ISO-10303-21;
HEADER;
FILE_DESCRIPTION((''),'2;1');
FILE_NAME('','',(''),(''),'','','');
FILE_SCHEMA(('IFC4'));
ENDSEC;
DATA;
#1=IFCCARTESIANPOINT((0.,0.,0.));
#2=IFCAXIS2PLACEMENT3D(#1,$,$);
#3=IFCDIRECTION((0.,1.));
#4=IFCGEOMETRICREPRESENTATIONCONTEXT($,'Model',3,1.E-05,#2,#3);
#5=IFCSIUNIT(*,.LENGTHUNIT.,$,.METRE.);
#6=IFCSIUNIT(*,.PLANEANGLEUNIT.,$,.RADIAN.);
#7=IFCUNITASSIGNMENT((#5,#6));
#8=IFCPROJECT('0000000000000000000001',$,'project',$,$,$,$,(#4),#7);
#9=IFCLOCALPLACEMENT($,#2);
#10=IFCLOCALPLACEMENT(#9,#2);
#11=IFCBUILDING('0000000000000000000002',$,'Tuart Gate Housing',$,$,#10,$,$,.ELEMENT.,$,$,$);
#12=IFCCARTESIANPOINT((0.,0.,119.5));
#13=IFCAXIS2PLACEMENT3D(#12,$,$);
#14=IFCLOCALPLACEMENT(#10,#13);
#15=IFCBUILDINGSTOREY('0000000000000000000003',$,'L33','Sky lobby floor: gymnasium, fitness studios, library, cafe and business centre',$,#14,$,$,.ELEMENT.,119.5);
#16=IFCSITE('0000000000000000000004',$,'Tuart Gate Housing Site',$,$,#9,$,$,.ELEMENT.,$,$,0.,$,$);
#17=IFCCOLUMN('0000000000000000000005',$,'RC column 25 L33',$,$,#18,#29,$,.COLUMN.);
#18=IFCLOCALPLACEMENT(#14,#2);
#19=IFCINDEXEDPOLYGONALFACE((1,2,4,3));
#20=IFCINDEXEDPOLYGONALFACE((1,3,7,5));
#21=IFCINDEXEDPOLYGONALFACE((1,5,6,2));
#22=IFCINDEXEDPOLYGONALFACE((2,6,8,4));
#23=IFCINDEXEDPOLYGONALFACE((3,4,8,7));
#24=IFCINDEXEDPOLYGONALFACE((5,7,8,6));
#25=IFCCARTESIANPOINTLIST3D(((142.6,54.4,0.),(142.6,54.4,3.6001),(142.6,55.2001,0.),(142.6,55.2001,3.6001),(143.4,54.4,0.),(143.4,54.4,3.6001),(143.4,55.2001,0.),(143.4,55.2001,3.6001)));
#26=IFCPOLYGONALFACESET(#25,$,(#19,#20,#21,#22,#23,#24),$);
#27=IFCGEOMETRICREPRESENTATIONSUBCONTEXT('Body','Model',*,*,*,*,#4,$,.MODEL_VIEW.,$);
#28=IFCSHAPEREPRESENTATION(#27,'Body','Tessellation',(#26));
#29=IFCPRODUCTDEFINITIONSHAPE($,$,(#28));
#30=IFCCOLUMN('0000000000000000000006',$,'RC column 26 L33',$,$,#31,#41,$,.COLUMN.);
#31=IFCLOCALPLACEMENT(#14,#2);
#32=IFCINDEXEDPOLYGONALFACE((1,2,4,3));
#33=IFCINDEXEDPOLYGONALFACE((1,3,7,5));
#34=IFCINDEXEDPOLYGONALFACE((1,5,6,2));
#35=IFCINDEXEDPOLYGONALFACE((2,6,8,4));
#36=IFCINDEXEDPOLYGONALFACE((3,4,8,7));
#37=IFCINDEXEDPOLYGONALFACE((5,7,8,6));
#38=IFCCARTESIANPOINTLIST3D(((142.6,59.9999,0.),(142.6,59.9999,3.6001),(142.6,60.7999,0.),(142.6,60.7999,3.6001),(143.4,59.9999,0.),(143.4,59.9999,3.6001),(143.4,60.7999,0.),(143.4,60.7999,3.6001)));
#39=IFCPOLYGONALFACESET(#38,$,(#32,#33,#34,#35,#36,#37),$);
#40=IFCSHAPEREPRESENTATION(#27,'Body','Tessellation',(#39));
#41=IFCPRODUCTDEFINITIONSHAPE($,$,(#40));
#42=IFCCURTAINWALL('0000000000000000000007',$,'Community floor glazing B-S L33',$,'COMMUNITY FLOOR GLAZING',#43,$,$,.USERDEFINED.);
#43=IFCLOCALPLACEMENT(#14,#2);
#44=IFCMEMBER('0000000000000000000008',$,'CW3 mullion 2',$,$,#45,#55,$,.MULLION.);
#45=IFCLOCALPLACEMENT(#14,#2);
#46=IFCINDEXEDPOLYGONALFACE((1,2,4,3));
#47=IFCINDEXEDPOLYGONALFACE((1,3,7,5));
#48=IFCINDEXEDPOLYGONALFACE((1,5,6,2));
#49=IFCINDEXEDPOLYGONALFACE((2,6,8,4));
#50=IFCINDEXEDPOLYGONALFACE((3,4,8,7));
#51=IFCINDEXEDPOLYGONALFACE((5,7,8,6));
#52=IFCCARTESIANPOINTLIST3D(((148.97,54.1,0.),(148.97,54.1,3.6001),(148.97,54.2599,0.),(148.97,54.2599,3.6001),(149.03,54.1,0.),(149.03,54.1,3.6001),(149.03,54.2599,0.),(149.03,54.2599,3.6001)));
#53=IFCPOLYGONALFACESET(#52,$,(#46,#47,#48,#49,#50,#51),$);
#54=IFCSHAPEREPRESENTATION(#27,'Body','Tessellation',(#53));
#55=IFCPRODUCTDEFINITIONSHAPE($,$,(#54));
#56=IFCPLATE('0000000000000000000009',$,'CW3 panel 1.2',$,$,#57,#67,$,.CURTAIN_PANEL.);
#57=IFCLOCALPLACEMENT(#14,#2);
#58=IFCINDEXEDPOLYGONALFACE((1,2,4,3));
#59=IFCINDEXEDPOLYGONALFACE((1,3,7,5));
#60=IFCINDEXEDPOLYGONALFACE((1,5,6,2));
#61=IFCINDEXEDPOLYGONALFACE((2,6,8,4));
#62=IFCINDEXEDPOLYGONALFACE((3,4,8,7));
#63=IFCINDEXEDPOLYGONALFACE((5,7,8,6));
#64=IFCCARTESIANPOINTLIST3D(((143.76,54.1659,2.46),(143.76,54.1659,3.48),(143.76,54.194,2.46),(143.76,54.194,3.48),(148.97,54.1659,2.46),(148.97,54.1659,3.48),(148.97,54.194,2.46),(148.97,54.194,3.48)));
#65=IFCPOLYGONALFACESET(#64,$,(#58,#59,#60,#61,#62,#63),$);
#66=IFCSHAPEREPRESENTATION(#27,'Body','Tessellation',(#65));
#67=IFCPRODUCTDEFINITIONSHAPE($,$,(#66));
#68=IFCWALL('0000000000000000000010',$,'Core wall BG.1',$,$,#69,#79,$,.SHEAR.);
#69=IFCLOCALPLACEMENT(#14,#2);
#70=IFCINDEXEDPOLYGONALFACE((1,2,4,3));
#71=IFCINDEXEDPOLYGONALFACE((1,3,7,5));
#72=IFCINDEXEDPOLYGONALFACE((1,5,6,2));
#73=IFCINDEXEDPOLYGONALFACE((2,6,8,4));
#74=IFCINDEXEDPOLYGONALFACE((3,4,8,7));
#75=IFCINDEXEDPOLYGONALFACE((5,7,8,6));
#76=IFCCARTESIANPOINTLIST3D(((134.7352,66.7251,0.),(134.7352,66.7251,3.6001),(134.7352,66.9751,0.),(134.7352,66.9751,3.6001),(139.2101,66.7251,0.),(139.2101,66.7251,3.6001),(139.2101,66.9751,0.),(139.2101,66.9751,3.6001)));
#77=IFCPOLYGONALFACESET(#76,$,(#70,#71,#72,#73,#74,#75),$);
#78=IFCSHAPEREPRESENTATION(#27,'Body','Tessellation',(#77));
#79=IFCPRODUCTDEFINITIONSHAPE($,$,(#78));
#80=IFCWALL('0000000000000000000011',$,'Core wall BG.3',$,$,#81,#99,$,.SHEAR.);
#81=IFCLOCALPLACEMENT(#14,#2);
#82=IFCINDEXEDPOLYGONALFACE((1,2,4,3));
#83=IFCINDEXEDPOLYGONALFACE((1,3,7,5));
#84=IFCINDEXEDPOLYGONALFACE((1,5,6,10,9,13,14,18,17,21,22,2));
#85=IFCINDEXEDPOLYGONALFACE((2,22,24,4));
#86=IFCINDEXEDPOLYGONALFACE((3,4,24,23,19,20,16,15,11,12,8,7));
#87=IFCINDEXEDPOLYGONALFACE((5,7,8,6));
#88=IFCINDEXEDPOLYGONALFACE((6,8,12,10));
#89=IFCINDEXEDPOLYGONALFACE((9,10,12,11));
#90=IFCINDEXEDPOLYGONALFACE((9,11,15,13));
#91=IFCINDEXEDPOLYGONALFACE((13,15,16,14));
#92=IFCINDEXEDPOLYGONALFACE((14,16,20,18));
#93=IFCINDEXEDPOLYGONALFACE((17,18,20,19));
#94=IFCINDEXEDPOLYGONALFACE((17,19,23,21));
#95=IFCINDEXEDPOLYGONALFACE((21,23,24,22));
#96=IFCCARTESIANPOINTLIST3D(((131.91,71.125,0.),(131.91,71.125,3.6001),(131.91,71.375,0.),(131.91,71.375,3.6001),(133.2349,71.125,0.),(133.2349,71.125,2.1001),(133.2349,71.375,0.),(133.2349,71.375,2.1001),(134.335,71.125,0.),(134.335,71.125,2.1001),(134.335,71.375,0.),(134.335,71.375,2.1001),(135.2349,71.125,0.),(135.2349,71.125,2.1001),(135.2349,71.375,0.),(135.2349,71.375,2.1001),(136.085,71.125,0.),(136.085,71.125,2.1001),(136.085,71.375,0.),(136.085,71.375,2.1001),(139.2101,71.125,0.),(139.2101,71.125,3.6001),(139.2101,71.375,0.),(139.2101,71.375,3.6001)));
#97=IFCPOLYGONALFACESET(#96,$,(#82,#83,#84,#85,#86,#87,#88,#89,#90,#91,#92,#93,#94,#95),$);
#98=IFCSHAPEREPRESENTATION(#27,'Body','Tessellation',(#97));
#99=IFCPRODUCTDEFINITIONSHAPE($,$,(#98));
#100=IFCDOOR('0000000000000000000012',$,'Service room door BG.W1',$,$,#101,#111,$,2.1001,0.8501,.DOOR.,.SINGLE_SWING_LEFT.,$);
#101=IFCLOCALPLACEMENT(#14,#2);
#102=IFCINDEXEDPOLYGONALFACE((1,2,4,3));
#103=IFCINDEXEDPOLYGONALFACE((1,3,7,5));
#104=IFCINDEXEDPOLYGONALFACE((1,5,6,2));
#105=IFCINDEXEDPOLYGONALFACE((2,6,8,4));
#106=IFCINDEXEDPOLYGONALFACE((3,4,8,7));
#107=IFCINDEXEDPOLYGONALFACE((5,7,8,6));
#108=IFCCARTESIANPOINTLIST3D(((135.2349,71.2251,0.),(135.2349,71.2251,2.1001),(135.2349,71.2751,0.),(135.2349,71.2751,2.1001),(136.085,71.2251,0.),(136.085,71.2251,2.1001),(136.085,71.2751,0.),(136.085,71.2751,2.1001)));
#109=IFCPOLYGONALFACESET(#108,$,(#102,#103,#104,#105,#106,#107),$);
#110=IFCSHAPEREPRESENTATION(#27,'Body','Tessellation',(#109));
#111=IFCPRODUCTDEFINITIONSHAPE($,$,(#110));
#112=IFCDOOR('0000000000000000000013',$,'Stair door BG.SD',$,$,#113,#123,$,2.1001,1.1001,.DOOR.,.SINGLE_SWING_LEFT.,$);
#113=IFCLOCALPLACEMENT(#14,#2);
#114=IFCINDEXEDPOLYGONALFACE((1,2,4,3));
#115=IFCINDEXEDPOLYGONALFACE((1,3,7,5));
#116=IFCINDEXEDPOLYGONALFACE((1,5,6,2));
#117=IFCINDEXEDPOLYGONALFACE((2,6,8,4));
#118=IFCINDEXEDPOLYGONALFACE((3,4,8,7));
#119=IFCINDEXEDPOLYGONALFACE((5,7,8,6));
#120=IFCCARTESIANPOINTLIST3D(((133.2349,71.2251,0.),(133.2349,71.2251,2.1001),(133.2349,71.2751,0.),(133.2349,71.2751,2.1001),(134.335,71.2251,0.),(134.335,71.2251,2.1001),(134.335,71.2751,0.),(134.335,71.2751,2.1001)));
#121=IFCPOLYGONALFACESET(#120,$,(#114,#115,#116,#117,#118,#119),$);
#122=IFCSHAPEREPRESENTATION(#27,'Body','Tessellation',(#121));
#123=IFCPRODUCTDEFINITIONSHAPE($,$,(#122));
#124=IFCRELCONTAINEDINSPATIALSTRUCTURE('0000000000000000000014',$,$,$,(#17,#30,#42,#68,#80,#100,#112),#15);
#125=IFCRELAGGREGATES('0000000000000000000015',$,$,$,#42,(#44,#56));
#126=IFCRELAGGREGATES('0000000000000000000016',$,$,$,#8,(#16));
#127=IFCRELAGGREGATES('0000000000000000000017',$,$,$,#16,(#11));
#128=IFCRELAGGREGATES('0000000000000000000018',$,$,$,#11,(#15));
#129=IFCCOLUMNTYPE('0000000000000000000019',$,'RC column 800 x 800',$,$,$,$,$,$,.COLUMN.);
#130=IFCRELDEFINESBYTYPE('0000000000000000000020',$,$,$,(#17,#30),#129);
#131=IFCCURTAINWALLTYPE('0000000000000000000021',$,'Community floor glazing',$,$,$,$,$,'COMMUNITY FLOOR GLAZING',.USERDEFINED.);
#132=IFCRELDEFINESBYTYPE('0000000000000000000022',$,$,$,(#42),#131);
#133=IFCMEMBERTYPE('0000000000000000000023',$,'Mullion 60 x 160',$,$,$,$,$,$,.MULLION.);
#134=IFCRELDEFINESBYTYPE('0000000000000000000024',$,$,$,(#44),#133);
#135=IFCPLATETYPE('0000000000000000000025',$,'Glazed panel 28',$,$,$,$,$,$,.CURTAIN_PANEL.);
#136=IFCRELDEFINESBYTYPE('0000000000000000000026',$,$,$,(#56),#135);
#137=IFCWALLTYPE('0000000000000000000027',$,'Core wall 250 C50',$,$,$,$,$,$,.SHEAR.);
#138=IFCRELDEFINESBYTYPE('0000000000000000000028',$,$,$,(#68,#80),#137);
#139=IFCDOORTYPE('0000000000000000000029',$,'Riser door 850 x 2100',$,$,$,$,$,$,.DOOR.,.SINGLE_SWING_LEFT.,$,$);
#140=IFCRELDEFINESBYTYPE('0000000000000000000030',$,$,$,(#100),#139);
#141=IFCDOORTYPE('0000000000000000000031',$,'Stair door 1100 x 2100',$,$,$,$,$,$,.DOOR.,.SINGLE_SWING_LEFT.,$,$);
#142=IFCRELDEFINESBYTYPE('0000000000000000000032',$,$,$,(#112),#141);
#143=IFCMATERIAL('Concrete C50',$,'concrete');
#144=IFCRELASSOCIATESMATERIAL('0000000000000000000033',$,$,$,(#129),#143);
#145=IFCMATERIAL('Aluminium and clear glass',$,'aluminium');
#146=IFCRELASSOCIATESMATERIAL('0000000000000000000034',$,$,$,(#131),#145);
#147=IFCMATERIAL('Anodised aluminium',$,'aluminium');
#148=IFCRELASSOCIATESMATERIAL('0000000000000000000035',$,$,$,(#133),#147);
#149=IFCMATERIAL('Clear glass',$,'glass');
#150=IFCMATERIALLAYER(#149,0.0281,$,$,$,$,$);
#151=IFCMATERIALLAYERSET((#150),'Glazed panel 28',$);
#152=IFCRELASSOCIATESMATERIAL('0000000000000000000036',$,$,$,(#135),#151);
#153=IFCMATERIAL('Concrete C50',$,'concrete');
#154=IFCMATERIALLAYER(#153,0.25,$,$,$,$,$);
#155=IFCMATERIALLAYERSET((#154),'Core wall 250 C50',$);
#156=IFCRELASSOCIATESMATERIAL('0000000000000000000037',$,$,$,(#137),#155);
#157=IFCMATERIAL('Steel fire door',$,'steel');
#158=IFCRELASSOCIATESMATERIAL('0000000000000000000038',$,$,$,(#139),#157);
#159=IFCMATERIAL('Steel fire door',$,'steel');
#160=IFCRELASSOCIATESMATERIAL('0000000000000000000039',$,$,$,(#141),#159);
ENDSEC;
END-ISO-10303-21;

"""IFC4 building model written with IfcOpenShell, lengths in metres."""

from ifc_helpers import new_model, si_unit, direction, frame, frame_2d, origin, origin_2d, place, context, subcontext, project, spatial, rectangle, extrude, material, layer, layer_set, material_profile, profile_set, type_object, element, fill, aggregate, save


model = new_model("IFC4")

# Units and contexts
model_context = context("Model", 3, precision=1e-05, world=origin(), true_north=direction((0.0, 1.0)))
body_context = subcontext(model_context, "Body", "Model", "MODEL_VIEW")
ifc_project = project(units=[si_unit("LENGTHUNIT", "METRE"), si_unit("PLANEANGLEUNIT", "RADIAN")], contexts=[model_context])

# Site, building, storey
site_placement = place(None, origin())
site = spatial("IfcSite", under=ifc_project, at=site_placement, Name="Tuart Gate Housing Site", CompositionType="ELEMENT", RefElevation=0.0)
building_placement = place(site_placement, origin())
building = spatial("IfcBuilding", under=site, at=building_placement, Name="Tuart Gate Housing", CompositionType="ELEMENT")
storey_placement = place(building_placement, frame((0.0, 0.0, 119.5)))
storey = spatial("IfcBuildingStorey", under=building, at=storey_placement, Name="L33", Description="Sky lobby floor: gymnasium, fitness studios, library, cafe and business centre", CompositionType="ELEMENT", Elevation=119.5)

# Columns
ifc_material_1 = material(Name="Concrete C50", Category="concrete")
ifc_material_profile_1 = material_profile(ifc_material_1, rectangle(XDim=0.8, YDim=0.8, at=origin_2d()), Name="RC column 800 x 800")
ifc_profile_set_1 = profile_set([ifc_material_profile_1], Name="Concrete C50")
column_type = type_object("IfcColumnType", Name="RC column 800 x 800", PredefinedType="COLUMN", material=ifc_profile_set_1)
for number, where, z_axis, x_axis, name in (
    (1, (143.0, 54.8, 0.0), (0.0, 0.0, 1.0), (1.0, 0.0, 0.0), "RC column 25 L33"),
    (2, (143.0, 60.3999, 0.0), (0.0, 0.0, 1.0), (1.0, 0.0, 0.0), "RC column 26 L33"),
):
    element("IfcColumn", number, at=place(storey_placement, frame(where, z_axis=z_axis, x_axis=x_axis)), inside=storey, type_object=column_type, Name=name, PredefinedType="COLUMN", context=body_context, shape_type="SweptSolid", body=[
        extrude(rectangle(XDim=0.8, YDim=0.8, at=origin_2d()), origin(), (0.0, 0.0, 1.0), 3.6001),
    ])

# Curtain wall, member, plate
ifc_material_2 = material(Name="Aluminium and clear glass", Category="aluminium")
curtain_wall_type = type_object("IfcCurtainWallType", Name="Community floor glazing", ElementType="COMMUNITY FLOOR GLAZING", PredefinedType="USERDEFINED", material=ifc_material_2)
curtain_wall_placement = place(storey_placement, origin())
curtain_wall = element("IfcCurtainWall", 3, at=curtain_wall_placement, inside=storey, type_object=curtain_wall_type, Name="Community floor glazing B-S L33", ObjectType="COMMUNITY FLOOR GLAZING", PredefinedType="USERDEFINED")
ifc_material_3 = material(Name="Anodised aluminium", Category="aluminium")
ifc_material_profile_2 = material_profile(ifc_material_3, rectangle(XDim=0.0601, YDim=0.1599, at=origin_2d()), Name="60x160")
ifc_profile_set_2 = profile_set([ifc_material_profile_2], Name="Anodised aluminium")
member_type = type_object("IfcMemberType", Name="Mullion 60 x 160", PredefinedType="MULLION", material=ifc_profile_set_2)
member_placement = place(storey_placement, frame((149.0, 54.1799, 0.0), z_axis=(0.0, 0.0, 1.0), x_axis=(1.0, 0.0, 0.0)))
member = element("IfcMember", 4, at=member_placement, type_object=member_type, Name="CW3 mullion 2", PredefinedType="MULLION", context=body_context, shape_type="SweptSolid", body=[
    extrude(rectangle(XDim=0.0601, YDim=0.1599, at=origin_2d()), origin(), (0.0, 0.0, 1.0), 3.6001),
])
ifc_material_4 = material(Name="Clear glass", Category="glass")
ifc_layer_1 = layer(ifc_material_4, 0.0281)
ifc_layer_set_1 = layer_set([ifc_layer_1], Name="Glazed panel 28")
plate_type = type_object("IfcPlateType", Name="Glazed panel 28", PredefinedType="CURTAIN_PANEL", material=ifc_layer_set_1)
plate_placement = place(storey_placement, frame((146.365, 54.1799, 2.46), z_axis=(0.0, 0.0, 1.0), x_axis=(1.0, 0.0, 0.0)))
plate = element("IfcPlate", 5, at=plate_placement, type_object=plate_type, Name="CW3 panel 1.2", PredefinedType="CURTAIN_PANEL", context=body_context, shape_type="SweptSolid", body=[
    extrude(rectangle(XDim=5.21, YDim=0.0281, at=origin_2d()), origin(), (0.0, 0.0, 1.0), 1.02),
])
aggregate(curtain_wall, [member, plate])

# Wall
ifc_material_5 = material(Name="Concrete C50", Category="concrete")
ifc_layer_2 = layer(ifc_material_5, 0.25)
ifc_layer_set_2 = layer_set([ifc_layer_2], Name="Core wall 250 C50")
wall_type_1 = type_object("IfcWallType", Name="Core wall 250 C50", PredefinedType="SHEAR", material=ifc_layer_set_2)
wall_1_placement = place(storey_placement, frame((139.21, 66.8501, 0.0), z_axis=(0.0, 0.0, 1.0), x_axis=(-1.0, 0.0, 0.0)))
element("IfcWall", 6, at=wall_1_placement, inside=storey, type_object=wall_type_1, Name="Core wall BG.1", PredefinedType="SHEAR", context=body_context, shape_type="SweptSolid", body=[
    extrude(rectangle(XDim=4.4749, YDim=0.25, at=frame_2d((2.2373, 0.0))), origin(), (0.0, 0.0, 1.0), 3.6001),
])

# Wall, openings, doors
wall_2_placement = place(storey_placement, frame((139.21, 71.25, 0.0), z_axis=(0.0, 0.0, 1.0), x_axis=(-1.0, 0.0, 0.0)))
wall_2 = element("IfcWall", 7, at=wall_2_placement, inside=storey, type_object=wall_type_1, Name="Core wall BG.3", PredefinedType="SHEAR", context=body_context, shape_type="SweptSolid", body=[
    extrude(rectangle(XDim=7.3, YDim=0.25, at=frame_2d((3.6499, 0.0))), origin(), (0.0, 0.0, 1.0), 3.6001),
])
opening_1_placement = place(wall_2_placement, frame((4.875, 0.0, 0.0)))
opening_1 = element("IfcOpeningElement", 8, at=opening_1_placement, cuts=wall_2, PredefinedType="OPENING", context=body_context, shape_type="SweptSolid", body=[
    extrude(rectangle(XDim=1.1001, YDim=2.1001, at=frame_2d((0.55, 1.05))), frame((0.0, 0.135, 0.0), z_axis=(0.0, -1.0, 0.0), x_axis=(1.0, 0.0, 0.0)), (0.0, 0.0, 1.0), 0.27),
])
opening_2_placement = place(wall_2_placement, frame((3.125, 0.0, 0.0)))
opening_2 = element("IfcOpeningElement", 9, at=opening_2_placement, cuts=wall_2, PredefinedType="OPENING", context=body_context, shape_type="SweptSolid", body=[
    extrude(rectangle(XDim=0.8501, YDim=2.1001, at=frame_2d((0.425, 1.05))), frame((0.0, 0.135, 0.0), z_axis=(0.0, -1.0, 0.0), x_axis=(1.0, 0.0, 0.0)), (0.0, 0.0, 1.0), 0.27),
])
ifc_material_6 = material(Name="Steel fire door", Category="steel")
door_type_1 = type_object("IfcDoorType", Name="Riser door 850 x 2100", OperationType="SINGLE_SWING_LEFT", PredefinedType="DOOR", material=ifc_material_6)
door_1_placement = place(opening_2_placement, origin())
door_1 = element("IfcDoor", 10, at=door_1_placement, inside=storey, type_object=door_type_1, Name="Service room door BG.W1", OperationType="SINGLE_SWING_LEFT", OverallHeight=2.1001, OverallWidth=0.8501, PredefinedType="DOOR", context=body_context, shape_type="SweptSolid", body=[
    extrude(rectangle(XDim=0.8501, YDim=2.1001, at=frame_2d((0.425, 1.05))), frame((0.0, 0.0249, 0.0), z_axis=(0.0, -1.0, 0.0), x_axis=(1.0, 0.0, 0.0)), (0.0, 0.0, 1.0), 0.05),
])
fill(opening_2, door_1)
ifc_material_7 = material(Name="Steel fire door", Category="steel")
door_type_2 = type_object("IfcDoorType", Name="Stair door 1100 x 2100", OperationType="SINGLE_SWING_LEFT", PredefinedType="DOOR", material=ifc_material_7)
door_2_placement = place(opening_1_placement, origin())
door_2 = element("IfcDoor", 11, at=door_2_placement, inside=storey, type_object=door_type_2, Name="Stair door BG.SD", OperationType="SINGLE_SWING_LEFT", OverallHeight=2.1001, OverallWidth=1.1001, PredefinedType="DOOR", context=body_context, shape_type="SweptSolid", body=[
    extrude(rectangle(XDim=1.1001, YDim=2.1001, at=frame_2d((0.55, 1.05))), frame((0.0, 0.0249, 0.0), z_axis=(0.0, -1.0, 0.0), x_axis=(1.0, 0.0, 0.0)), (0.0, 0.0, 1.0), 0.05),
])
fill(opening_1, door_2)

save(model, "model.ifc")
